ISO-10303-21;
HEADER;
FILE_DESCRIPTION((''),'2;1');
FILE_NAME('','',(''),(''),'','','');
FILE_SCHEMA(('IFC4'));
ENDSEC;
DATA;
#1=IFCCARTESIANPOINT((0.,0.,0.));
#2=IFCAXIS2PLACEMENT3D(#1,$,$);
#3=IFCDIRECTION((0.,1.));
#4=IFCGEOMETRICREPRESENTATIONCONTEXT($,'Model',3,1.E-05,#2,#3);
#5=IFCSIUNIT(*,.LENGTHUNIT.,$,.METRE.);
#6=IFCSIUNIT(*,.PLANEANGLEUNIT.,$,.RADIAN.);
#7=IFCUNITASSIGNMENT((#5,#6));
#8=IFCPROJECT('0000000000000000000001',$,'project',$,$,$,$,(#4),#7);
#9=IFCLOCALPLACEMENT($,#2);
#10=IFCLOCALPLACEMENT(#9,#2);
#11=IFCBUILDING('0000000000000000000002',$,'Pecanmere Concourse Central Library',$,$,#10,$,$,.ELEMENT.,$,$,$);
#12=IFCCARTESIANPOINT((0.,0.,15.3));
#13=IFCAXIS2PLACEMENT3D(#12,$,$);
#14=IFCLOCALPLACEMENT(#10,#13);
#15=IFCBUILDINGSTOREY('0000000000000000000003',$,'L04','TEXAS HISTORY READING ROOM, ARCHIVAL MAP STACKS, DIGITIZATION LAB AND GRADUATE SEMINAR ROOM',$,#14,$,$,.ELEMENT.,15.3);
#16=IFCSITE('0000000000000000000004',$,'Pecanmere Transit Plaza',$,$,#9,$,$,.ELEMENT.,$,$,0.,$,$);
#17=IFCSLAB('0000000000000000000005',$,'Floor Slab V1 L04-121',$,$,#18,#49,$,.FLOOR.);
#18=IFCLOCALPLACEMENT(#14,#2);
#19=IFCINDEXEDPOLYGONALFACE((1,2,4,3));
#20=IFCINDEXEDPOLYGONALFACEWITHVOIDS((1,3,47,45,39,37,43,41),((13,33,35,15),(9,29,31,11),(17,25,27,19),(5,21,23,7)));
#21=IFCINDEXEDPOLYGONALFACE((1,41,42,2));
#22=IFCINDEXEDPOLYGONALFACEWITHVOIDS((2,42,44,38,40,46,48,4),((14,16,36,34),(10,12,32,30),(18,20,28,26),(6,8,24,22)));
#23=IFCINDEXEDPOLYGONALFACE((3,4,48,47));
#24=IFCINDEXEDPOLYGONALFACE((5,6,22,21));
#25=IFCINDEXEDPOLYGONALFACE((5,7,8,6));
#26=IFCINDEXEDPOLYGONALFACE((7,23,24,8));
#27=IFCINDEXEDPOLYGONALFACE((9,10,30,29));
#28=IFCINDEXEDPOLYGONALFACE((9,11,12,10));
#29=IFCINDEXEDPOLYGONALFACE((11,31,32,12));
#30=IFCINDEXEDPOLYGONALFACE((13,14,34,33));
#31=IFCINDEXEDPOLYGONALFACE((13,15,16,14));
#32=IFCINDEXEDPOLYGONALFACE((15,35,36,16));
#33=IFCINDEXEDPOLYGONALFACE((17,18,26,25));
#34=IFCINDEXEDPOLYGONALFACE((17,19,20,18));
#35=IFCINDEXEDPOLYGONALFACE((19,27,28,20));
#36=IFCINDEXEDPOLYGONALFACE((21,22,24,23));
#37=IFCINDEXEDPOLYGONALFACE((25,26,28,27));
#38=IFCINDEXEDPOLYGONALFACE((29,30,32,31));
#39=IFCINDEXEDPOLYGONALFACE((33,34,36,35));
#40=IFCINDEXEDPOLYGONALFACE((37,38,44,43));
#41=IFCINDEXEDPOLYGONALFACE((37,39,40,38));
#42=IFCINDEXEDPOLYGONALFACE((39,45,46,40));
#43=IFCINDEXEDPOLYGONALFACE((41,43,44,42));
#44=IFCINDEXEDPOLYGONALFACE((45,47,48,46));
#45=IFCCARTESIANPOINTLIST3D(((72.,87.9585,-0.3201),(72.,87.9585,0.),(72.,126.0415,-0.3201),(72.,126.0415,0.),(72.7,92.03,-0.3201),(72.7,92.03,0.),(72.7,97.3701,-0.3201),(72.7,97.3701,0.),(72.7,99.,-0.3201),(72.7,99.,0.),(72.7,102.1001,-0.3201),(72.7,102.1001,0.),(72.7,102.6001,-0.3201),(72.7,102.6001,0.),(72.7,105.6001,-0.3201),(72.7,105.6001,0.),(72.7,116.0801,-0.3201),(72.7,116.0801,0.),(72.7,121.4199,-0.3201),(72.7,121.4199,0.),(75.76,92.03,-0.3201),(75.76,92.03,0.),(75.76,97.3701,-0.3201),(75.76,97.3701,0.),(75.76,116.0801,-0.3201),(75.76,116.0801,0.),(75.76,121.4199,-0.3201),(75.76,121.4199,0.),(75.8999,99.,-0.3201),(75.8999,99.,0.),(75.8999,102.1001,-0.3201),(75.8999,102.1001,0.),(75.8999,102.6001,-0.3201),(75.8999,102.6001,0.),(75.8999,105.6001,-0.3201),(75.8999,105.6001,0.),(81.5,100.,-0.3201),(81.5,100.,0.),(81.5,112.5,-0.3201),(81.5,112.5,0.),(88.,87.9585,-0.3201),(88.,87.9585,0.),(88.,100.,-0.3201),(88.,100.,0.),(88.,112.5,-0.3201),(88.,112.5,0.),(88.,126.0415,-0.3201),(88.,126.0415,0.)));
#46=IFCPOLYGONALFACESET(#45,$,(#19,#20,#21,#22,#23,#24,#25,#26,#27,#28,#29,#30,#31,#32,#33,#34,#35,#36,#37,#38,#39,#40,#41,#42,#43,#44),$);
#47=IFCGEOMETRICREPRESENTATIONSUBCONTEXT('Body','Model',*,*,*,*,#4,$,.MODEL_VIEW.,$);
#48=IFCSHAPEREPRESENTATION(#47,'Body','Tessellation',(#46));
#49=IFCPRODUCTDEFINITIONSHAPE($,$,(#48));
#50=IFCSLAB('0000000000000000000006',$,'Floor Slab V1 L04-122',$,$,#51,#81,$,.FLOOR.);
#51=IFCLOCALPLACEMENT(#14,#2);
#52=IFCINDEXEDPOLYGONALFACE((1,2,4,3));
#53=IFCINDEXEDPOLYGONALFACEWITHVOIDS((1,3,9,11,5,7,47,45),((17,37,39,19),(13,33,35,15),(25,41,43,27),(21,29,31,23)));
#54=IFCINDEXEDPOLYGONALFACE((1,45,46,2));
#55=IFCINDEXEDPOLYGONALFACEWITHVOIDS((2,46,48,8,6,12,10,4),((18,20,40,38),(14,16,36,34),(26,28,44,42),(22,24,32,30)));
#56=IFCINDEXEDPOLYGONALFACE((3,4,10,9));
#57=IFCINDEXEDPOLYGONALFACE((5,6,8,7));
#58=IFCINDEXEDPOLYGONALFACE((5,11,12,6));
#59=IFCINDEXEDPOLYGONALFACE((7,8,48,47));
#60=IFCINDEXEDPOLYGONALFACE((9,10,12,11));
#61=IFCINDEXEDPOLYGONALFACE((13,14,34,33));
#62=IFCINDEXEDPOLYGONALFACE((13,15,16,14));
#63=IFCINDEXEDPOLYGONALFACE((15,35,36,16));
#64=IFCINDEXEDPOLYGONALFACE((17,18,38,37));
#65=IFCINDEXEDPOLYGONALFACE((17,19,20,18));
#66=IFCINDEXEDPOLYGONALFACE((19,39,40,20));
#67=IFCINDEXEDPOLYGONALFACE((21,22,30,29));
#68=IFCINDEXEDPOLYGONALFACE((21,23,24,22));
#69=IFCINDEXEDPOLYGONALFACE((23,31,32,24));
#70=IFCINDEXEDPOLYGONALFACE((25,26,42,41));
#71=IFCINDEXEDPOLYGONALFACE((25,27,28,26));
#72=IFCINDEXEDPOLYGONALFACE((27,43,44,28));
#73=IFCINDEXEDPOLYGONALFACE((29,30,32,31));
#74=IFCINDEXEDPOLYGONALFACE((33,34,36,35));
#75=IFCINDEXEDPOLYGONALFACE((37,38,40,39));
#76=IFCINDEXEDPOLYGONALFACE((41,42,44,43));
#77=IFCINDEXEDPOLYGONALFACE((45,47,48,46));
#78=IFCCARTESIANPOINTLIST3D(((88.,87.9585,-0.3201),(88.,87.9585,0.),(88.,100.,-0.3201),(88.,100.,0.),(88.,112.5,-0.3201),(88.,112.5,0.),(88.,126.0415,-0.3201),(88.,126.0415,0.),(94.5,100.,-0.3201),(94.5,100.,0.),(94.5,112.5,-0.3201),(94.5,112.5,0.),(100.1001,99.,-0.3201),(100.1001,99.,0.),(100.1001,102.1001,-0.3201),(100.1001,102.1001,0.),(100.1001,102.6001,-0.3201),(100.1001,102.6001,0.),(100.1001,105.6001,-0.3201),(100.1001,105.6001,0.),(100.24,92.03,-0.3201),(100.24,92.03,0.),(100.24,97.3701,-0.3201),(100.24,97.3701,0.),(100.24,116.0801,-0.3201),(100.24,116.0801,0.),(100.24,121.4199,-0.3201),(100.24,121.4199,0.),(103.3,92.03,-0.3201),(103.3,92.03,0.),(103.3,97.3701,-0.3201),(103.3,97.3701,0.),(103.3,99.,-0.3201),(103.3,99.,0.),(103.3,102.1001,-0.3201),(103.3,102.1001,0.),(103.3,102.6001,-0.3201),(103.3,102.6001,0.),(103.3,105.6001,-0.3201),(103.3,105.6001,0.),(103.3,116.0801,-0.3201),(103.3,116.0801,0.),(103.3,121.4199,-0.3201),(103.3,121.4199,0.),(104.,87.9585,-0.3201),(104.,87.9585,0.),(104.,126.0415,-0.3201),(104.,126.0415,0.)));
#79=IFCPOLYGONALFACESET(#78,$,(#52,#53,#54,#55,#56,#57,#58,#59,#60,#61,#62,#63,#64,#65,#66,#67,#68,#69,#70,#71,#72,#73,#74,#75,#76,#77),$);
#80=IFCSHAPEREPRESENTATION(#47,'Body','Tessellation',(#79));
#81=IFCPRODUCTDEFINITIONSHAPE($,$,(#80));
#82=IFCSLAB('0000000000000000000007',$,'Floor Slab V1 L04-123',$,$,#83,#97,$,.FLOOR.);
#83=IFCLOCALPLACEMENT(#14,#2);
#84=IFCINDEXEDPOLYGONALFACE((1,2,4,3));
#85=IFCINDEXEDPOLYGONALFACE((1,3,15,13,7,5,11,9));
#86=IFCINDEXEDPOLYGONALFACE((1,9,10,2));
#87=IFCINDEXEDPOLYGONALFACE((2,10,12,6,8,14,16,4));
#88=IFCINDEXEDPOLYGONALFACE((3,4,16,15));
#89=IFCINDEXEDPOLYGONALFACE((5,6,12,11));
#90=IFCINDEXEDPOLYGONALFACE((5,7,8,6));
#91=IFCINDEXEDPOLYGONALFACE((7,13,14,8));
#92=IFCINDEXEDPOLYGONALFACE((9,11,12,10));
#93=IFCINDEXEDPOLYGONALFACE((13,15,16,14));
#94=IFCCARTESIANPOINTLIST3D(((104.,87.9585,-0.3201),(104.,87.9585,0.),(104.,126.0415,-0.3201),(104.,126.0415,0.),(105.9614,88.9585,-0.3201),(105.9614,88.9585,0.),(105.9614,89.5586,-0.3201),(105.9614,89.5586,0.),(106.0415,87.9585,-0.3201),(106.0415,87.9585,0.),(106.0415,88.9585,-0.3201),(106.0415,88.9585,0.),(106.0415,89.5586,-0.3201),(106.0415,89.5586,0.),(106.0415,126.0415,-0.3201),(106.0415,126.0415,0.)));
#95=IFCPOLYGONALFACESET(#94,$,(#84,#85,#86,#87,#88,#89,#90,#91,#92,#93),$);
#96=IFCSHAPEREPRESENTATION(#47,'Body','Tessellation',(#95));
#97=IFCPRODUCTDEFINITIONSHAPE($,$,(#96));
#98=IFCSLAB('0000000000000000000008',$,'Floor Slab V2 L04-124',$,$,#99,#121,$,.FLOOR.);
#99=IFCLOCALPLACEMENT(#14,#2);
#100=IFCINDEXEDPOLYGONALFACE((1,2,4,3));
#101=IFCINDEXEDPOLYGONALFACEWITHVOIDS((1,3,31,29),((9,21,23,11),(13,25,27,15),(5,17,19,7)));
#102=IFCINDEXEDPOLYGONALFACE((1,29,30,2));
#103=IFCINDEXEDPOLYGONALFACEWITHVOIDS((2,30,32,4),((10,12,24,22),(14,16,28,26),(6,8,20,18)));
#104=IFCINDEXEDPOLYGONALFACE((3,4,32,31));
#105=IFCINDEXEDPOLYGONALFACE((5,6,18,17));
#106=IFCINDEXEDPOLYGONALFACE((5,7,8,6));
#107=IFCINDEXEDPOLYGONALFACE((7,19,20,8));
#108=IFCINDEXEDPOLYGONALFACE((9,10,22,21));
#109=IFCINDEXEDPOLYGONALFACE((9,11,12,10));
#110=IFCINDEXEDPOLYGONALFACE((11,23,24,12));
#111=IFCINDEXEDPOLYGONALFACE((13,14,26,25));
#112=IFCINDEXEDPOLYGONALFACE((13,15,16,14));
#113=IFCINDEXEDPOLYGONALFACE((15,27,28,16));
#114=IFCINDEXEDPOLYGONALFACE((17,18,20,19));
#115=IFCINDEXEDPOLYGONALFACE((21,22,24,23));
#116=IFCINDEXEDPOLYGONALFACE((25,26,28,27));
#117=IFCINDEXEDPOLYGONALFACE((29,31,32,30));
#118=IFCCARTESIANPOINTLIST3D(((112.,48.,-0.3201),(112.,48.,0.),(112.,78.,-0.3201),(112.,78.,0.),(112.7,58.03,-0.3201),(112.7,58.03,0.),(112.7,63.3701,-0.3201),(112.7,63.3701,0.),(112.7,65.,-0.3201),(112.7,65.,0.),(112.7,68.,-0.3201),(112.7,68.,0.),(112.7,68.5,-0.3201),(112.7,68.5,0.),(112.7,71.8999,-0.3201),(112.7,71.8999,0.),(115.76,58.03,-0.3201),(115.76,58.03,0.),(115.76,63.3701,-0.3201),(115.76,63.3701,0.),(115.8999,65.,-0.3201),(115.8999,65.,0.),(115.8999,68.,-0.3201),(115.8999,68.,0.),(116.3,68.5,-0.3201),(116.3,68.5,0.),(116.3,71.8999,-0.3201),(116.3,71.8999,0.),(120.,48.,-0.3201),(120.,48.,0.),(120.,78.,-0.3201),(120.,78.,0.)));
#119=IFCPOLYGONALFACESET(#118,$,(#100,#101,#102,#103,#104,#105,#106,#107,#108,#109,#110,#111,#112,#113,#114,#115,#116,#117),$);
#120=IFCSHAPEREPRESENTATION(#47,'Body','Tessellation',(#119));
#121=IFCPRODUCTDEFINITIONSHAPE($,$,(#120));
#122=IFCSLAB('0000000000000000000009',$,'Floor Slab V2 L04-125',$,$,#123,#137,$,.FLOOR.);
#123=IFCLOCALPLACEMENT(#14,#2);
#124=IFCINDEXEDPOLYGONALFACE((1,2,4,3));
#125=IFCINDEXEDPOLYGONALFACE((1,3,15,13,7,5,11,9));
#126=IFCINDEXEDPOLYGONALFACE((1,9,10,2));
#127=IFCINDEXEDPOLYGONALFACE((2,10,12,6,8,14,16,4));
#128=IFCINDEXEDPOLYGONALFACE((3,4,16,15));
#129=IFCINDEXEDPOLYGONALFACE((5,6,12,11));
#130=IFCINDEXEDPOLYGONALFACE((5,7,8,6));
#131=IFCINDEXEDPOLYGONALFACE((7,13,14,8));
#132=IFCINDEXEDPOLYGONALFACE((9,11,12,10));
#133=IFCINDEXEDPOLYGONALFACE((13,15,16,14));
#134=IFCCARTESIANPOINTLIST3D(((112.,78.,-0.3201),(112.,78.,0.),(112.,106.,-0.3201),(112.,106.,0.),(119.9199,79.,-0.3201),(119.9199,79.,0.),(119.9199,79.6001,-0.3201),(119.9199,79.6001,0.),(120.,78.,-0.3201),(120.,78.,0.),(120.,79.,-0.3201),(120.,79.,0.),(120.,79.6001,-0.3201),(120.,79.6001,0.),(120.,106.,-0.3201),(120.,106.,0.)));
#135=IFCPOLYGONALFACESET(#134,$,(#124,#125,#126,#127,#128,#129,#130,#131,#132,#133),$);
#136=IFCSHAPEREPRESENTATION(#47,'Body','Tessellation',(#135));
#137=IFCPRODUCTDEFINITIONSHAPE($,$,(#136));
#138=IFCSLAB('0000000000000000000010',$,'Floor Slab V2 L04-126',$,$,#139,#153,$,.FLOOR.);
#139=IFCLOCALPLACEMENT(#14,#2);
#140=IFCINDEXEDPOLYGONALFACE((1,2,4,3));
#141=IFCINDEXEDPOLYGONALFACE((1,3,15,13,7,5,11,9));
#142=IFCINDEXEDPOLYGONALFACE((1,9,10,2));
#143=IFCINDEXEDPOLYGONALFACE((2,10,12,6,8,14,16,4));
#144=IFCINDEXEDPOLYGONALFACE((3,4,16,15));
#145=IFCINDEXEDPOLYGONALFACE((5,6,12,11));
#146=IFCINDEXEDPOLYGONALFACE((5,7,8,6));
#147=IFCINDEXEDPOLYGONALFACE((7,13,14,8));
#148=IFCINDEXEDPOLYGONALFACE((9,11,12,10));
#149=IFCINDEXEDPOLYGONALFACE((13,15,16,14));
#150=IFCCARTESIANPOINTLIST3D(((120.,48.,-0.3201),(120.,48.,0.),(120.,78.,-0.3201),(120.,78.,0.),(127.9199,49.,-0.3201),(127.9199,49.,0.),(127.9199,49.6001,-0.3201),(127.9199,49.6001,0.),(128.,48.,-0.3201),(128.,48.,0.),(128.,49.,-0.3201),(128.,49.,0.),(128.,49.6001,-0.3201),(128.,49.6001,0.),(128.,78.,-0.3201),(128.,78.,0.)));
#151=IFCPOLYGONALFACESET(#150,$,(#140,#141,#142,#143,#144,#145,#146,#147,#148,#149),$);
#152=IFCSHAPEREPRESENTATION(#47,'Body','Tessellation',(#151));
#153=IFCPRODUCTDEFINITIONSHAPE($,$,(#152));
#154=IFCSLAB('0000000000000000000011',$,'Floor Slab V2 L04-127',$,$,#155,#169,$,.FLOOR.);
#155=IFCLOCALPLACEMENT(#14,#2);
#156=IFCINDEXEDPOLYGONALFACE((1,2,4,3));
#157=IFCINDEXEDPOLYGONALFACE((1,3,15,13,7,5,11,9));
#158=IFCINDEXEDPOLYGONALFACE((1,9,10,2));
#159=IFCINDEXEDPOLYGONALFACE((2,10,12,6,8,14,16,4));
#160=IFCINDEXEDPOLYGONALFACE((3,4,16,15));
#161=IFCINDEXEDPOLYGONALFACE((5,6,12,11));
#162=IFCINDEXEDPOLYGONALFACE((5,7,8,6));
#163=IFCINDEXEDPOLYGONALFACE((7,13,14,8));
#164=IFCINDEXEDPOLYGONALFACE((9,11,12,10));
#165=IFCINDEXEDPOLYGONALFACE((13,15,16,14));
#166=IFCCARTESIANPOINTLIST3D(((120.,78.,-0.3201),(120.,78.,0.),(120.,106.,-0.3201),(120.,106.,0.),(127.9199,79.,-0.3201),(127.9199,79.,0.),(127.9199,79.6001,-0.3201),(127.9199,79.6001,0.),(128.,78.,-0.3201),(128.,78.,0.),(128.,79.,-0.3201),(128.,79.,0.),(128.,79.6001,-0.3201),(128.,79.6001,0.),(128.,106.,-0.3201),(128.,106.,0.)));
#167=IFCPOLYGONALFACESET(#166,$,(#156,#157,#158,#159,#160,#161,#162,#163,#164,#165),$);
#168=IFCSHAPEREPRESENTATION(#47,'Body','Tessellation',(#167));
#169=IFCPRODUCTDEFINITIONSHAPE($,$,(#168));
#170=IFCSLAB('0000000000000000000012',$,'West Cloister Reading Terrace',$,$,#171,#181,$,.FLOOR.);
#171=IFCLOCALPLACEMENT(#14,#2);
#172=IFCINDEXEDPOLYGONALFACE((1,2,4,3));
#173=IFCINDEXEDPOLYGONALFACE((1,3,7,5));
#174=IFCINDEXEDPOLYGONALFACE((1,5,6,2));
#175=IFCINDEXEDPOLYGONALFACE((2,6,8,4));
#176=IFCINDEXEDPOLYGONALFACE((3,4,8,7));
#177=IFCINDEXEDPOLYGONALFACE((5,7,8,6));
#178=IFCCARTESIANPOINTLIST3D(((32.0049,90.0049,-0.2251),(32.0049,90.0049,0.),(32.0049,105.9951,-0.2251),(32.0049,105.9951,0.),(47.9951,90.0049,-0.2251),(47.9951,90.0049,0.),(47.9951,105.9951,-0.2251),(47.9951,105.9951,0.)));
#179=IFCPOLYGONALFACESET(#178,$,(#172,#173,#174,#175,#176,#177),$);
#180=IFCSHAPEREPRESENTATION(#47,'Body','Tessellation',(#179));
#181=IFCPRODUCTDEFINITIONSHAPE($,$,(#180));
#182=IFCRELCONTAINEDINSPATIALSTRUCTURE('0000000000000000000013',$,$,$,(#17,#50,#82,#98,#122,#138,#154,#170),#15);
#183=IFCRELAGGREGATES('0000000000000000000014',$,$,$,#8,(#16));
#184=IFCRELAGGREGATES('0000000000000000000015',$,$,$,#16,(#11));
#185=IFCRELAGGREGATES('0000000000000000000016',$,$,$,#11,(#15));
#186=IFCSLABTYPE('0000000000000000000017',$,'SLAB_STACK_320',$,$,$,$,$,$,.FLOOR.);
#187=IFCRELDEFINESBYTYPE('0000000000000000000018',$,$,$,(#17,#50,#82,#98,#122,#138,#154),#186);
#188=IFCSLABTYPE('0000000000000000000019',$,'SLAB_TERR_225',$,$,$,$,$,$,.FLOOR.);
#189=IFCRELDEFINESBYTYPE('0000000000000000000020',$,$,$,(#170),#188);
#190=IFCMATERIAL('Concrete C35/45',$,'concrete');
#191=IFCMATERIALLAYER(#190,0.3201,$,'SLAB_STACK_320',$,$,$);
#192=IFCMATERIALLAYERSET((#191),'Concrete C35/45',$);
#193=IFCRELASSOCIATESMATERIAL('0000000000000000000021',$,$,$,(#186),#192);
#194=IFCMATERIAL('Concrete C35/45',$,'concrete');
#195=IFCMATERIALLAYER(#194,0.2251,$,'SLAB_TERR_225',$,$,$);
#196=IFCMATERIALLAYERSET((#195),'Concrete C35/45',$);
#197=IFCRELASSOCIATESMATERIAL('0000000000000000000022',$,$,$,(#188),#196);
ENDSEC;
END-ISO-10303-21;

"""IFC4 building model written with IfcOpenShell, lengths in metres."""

from ifc_helpers import new_model, si_unit, direction, frame, origin, place, context, subcontext, project, spatial, polyline, outline, extrude, material, layer, layer_set, type_object, element, save


model = new_model("IFC4")

# Units and contexts
model_context = context("Model", 3, precision=1e-05, world=origin(), true_north=direction((0.0, 1.0)))
body_context = subcontext(model_context, "Body", "Model", "MODEL_VIEW")
ifc_project = project(units=[si_unit("LENGTHUNIT", "METRE"), si_unit("PLANEANGLEUNIT", "RADIAN")], contexts=[model_context])

# Site, building, storey
site_placement = place(None, origin())
site = spatial("IfcSite", under=ifc_project, at=site_placement, Name="Pecanmere Transit Plaza", CompositionType="ELEMENT", RefElevation=0.0)
building_placement = place(site_placement, origin())
building = spatial("IfcBuilding", under=site, at=building_placement, Name="Pecanmere Concourse Central Library", CompositionType="ELEMENT")
storey_placement = place(building_placement, frame((0.0, 0.0, 15.3)))
storey = spatial("IfcBuildingStorey", under=building, at=storey_placement, Name="L04", Description="TEXAS HISTORY READING ROOM, ARCHIVAL MAP STACKS, DIGITIZATION LAB AND GRADUATE SEMINAR ROOM", CompositionType="ELEMENT", Elevation=15.3)

# Slabs
ifc_material_1 = material(Name="Concrete C35/45", Category="concrete")
ifc_layer_1 = layer(ifc_material_1, 0.3201, Name="SLAB_STACK_320")
ifc_layer_set_1 = layer_set([ifc_layer_1], Name="Concrete C35/45")
slab_type_1 = type_object("IfcSlabType", Name="SLAB_STACK_320", PredefinedType="FLOOR", material=ifc_layer_set_1)
slab_1_placement = place(storey_placement, frame((0.0, 0.0, -0.3201)))
element("IfcSlab", 1, at=slab_1_placement, inside=storey, type_object=slab_type_1, Name="Floor Slab V1 L04-121", PredefinedType="FLOOR", context=body_context, shape_type="SweptSolid", body=[
    extrude(outline(polyline([(72.0, 87.9585), (72.0, 126.0415), (88.0, 126.0415), (88.0, 112.5), (81.5, 112.5), (81.5, 100.0), (88.0, 100.0), (88.0, 87.9585), (72.0, 87.9585)]), holes=[polyline([(75.76, 97.3701), (72.7, 97.3701), (72.7, 92.03), (75.76, 92.03), (75.76, 97.3701)]), polyline([(75.8999, 102.1001), (72.7, 102.1001), (72.7, 99.0), (75.8999, 99.0), (75.8999, 102.1001)]), polyline([(75.8999, 105.6001), (72.7, 105.6001), (72.7, 102.6001), (75.8999, 102.6001), (75.8999, 105.6001)]), polyline([(75.76, 121.4199), (72.7, 121.4199), (72.7, 116.0801), (75.76, 116.0801), (75.76, 121.4199)])]), origin(), (0.0, 0.0, 1.0), 0.3201),
])
slab_2_placement = place(storey_placement, frame((0.0, 0.0, -0.3201)))
element("IfcSlab", 2, at=slab_2_placement, inside=storey, type_object=slab_type_1, Name="Floor Slab V1 L04-122", PredefinedType="FLOOR", context=body_context, shape_type="SweptSolid", body=[
    extrude(outline(polyline([(88.0, 87.9585), (88.0, 100.0), (94.5, 100.0), (94.5, 112.5), (88.0, 112.5), (88.0, 126.0415), (104.0, 126.0415), (104.0, 87.9585), (88.0, 87.9585)]), holes=[polyline([(103.3, 97.3701), (100.24, 97.3701), (100.24, 92.03), (103.3, 92.03), (103.3, 97.3701)]), polyline([(103.3, 102.1001), (100.1001, 102.1001), (100.1001, 99.0), (103.3, 99.0), (103.3, 102.1001)]), polyline([(103.3, 105.6001), (100.1001, 105.6001), (100.1001, 102.6001), (103.3, 102.6001), (103.3, 105.6001)]), polyline([(103.3, 121.4199), (100.24, 121.4199), (100.24, 116.0801), (103.3, 116.0801), (103.3, 121.4199)])]), origin(), (0.0, 0.0, 1.0), 0.3201),
])
slab_3_placement = place(storey_placement, frame((0.0, 0.0, -0.3201)))
element("IfcSlab", 3, at=slab_3_placement, inside=storey, type_object=slab_type_1, Name="Floor Slab V1 L04-123", PredefinedType="FLOOR", context=body_context, shape_type="SweptSolid", body=[
    extrude(outline(polyline([(104.0, 126.0415), (106.0415, 126.0415), (106.0415, 89.5586), (105.9614, 89.5586), (105.9614, 88.9585), (106.0415, 88.9585), (106.0415, 87.9585), (104.0, 87.9585), (104.0, 126.0415)])), origin(), (0.0, 0.0, 1.0), 0.3201),
])
slab_4_placement = place(storey_placement, frame((0.0, 0.0, -0.3201)))
element("IfcSlab", 4, at=slab_4_placement, inside=storey, type_object=slab_type_1, Name="Floor Slab V2 L04-124", PredefinedType="FLOOR", context=body_context, shape_type="SweptSolid", body=[
    extrude(outline(polyline([(112.0, 48.0), (112.0, 78.0), (120.0, 78.0), (120.0, 48.0), (112.0, 48.0)]), holes=[polyline([(112.7, 63.3701), (112.7, 58.03), (115.76, 58.03), (115.76, 63.3701), (112.7, 63.3701)]), polyline([(115.8999, 68.0), (112.7, 68.0), (112.7, 65.0), (115.8999, 65.0), (115.8999, 68.0)]), polyline([(116.3, 71.8999), (112.7, 71.8999), (112.7, 68.5), (116.3, 68.5), (116.3, 71.8999)])]), origin(), (0.0, 0.0, 1.0), 0.3201),
])
slab_5_placement = place(storey_placement, frame((0.0, 0.0, -0.3201)))
element("IfcSlab", 5, at=slab_5_placement, inside=storey, type_object=slab_type_1, Name="Floor Slab V2 L04-125", PredefinedType="FLOOR", context=body_context, shape_type="SweptSolid", body=[
    extrude(outline(polyline([(112.0, 78.0), (112.0, 106.0), (120.0, 106.0), (120.0, 79.6001), (119.9199, 79.6001), (119.9199, 79.0), (120.0, 79.0), (120.0, 78.0), (112.0, 78.0)])), origin(), (0.0, 0.0, 1.0), 0.3201),
])
slab_6_placement = place(storey_placement, frame((0.0, 0.0, -0.3201)))
element("IfcSlab", 6, at=slab_6_placement, inside=storey, type_object=slab_type_1, Name="Floor Slab V2 L04-126", PredefinedType="FLOOR", context=body_context, shape_type="SweptSolid", body=[
    extrude(outline(polyline([(120.0, 78.0), (128.0, 78.0), (128.0, 49.6001), (127.9199, 49.6001), (127.9199, 49.0), (128.0, 49.0), (128.0, 48.0), (120.0, 48.0), (120.0, 78.0)])), origin(), (0.0, 0.0, 1.0), 0.3201),
])
slab_7_placement = place(storey_placement, frame((0.0, 0.0, -0.3201)))
element("IfcSlab", 7, at=slab_7_placement, inside=storey, type_object=slab_type_1, Name="Floor Slab V2 L04-127", PredefinedType="FLOOR", context=body_context, shape_type="SweptSolid", body=[
    extrude(outline(polyline([(120.0, 106.0), (128.0, 106.0), (128.0, 79.6001), (127.9199, 79.6001), (127.9199, 79.0), (128.0, 79.0), (128.0, 78.0), (120.0, 78.0), (120.0, 106.0)])), origin(), (0.0, 0.0, 1.0), 0.3201),
])
ifc_material_2 = material(Name="Concrete C35/45", Category="concrete")
ifc_layer_2 = layer(ifc_material_2, 0.2251, Name="SLAB_TERR_225")
ifc_layer_set_2 = layer_set([ifc_layer_2], Name="Concrete C35/45")
slab_type_2 = type_object("IfcSlabType", Name="SLAB_TERR_225", PredefinedType="FLOOR", material=ifc_layer_set_2)
slab_8_placement = place(storey_placement, frame((0.0, 0.0, -0.2251)))
element("IfcSlab", 8, at=slab_8_placement, inside=storey, type_object=slab_type_2, Name="West Cloister Reading Terrace", PredefinedType="FLOOR", context=body_context, shape_type="SweptSolid", body=[
    extrude(outline(polyline([(47.9951, 90.0049), (32.0049, 90.0049), (32.0049, 105.9951), (47.9951, 105.9951), (47.9951, 90.0049)])), origin(), (0.0, 0.0, 1.0), 0.2251),
])

save(model, "model.ifc")
